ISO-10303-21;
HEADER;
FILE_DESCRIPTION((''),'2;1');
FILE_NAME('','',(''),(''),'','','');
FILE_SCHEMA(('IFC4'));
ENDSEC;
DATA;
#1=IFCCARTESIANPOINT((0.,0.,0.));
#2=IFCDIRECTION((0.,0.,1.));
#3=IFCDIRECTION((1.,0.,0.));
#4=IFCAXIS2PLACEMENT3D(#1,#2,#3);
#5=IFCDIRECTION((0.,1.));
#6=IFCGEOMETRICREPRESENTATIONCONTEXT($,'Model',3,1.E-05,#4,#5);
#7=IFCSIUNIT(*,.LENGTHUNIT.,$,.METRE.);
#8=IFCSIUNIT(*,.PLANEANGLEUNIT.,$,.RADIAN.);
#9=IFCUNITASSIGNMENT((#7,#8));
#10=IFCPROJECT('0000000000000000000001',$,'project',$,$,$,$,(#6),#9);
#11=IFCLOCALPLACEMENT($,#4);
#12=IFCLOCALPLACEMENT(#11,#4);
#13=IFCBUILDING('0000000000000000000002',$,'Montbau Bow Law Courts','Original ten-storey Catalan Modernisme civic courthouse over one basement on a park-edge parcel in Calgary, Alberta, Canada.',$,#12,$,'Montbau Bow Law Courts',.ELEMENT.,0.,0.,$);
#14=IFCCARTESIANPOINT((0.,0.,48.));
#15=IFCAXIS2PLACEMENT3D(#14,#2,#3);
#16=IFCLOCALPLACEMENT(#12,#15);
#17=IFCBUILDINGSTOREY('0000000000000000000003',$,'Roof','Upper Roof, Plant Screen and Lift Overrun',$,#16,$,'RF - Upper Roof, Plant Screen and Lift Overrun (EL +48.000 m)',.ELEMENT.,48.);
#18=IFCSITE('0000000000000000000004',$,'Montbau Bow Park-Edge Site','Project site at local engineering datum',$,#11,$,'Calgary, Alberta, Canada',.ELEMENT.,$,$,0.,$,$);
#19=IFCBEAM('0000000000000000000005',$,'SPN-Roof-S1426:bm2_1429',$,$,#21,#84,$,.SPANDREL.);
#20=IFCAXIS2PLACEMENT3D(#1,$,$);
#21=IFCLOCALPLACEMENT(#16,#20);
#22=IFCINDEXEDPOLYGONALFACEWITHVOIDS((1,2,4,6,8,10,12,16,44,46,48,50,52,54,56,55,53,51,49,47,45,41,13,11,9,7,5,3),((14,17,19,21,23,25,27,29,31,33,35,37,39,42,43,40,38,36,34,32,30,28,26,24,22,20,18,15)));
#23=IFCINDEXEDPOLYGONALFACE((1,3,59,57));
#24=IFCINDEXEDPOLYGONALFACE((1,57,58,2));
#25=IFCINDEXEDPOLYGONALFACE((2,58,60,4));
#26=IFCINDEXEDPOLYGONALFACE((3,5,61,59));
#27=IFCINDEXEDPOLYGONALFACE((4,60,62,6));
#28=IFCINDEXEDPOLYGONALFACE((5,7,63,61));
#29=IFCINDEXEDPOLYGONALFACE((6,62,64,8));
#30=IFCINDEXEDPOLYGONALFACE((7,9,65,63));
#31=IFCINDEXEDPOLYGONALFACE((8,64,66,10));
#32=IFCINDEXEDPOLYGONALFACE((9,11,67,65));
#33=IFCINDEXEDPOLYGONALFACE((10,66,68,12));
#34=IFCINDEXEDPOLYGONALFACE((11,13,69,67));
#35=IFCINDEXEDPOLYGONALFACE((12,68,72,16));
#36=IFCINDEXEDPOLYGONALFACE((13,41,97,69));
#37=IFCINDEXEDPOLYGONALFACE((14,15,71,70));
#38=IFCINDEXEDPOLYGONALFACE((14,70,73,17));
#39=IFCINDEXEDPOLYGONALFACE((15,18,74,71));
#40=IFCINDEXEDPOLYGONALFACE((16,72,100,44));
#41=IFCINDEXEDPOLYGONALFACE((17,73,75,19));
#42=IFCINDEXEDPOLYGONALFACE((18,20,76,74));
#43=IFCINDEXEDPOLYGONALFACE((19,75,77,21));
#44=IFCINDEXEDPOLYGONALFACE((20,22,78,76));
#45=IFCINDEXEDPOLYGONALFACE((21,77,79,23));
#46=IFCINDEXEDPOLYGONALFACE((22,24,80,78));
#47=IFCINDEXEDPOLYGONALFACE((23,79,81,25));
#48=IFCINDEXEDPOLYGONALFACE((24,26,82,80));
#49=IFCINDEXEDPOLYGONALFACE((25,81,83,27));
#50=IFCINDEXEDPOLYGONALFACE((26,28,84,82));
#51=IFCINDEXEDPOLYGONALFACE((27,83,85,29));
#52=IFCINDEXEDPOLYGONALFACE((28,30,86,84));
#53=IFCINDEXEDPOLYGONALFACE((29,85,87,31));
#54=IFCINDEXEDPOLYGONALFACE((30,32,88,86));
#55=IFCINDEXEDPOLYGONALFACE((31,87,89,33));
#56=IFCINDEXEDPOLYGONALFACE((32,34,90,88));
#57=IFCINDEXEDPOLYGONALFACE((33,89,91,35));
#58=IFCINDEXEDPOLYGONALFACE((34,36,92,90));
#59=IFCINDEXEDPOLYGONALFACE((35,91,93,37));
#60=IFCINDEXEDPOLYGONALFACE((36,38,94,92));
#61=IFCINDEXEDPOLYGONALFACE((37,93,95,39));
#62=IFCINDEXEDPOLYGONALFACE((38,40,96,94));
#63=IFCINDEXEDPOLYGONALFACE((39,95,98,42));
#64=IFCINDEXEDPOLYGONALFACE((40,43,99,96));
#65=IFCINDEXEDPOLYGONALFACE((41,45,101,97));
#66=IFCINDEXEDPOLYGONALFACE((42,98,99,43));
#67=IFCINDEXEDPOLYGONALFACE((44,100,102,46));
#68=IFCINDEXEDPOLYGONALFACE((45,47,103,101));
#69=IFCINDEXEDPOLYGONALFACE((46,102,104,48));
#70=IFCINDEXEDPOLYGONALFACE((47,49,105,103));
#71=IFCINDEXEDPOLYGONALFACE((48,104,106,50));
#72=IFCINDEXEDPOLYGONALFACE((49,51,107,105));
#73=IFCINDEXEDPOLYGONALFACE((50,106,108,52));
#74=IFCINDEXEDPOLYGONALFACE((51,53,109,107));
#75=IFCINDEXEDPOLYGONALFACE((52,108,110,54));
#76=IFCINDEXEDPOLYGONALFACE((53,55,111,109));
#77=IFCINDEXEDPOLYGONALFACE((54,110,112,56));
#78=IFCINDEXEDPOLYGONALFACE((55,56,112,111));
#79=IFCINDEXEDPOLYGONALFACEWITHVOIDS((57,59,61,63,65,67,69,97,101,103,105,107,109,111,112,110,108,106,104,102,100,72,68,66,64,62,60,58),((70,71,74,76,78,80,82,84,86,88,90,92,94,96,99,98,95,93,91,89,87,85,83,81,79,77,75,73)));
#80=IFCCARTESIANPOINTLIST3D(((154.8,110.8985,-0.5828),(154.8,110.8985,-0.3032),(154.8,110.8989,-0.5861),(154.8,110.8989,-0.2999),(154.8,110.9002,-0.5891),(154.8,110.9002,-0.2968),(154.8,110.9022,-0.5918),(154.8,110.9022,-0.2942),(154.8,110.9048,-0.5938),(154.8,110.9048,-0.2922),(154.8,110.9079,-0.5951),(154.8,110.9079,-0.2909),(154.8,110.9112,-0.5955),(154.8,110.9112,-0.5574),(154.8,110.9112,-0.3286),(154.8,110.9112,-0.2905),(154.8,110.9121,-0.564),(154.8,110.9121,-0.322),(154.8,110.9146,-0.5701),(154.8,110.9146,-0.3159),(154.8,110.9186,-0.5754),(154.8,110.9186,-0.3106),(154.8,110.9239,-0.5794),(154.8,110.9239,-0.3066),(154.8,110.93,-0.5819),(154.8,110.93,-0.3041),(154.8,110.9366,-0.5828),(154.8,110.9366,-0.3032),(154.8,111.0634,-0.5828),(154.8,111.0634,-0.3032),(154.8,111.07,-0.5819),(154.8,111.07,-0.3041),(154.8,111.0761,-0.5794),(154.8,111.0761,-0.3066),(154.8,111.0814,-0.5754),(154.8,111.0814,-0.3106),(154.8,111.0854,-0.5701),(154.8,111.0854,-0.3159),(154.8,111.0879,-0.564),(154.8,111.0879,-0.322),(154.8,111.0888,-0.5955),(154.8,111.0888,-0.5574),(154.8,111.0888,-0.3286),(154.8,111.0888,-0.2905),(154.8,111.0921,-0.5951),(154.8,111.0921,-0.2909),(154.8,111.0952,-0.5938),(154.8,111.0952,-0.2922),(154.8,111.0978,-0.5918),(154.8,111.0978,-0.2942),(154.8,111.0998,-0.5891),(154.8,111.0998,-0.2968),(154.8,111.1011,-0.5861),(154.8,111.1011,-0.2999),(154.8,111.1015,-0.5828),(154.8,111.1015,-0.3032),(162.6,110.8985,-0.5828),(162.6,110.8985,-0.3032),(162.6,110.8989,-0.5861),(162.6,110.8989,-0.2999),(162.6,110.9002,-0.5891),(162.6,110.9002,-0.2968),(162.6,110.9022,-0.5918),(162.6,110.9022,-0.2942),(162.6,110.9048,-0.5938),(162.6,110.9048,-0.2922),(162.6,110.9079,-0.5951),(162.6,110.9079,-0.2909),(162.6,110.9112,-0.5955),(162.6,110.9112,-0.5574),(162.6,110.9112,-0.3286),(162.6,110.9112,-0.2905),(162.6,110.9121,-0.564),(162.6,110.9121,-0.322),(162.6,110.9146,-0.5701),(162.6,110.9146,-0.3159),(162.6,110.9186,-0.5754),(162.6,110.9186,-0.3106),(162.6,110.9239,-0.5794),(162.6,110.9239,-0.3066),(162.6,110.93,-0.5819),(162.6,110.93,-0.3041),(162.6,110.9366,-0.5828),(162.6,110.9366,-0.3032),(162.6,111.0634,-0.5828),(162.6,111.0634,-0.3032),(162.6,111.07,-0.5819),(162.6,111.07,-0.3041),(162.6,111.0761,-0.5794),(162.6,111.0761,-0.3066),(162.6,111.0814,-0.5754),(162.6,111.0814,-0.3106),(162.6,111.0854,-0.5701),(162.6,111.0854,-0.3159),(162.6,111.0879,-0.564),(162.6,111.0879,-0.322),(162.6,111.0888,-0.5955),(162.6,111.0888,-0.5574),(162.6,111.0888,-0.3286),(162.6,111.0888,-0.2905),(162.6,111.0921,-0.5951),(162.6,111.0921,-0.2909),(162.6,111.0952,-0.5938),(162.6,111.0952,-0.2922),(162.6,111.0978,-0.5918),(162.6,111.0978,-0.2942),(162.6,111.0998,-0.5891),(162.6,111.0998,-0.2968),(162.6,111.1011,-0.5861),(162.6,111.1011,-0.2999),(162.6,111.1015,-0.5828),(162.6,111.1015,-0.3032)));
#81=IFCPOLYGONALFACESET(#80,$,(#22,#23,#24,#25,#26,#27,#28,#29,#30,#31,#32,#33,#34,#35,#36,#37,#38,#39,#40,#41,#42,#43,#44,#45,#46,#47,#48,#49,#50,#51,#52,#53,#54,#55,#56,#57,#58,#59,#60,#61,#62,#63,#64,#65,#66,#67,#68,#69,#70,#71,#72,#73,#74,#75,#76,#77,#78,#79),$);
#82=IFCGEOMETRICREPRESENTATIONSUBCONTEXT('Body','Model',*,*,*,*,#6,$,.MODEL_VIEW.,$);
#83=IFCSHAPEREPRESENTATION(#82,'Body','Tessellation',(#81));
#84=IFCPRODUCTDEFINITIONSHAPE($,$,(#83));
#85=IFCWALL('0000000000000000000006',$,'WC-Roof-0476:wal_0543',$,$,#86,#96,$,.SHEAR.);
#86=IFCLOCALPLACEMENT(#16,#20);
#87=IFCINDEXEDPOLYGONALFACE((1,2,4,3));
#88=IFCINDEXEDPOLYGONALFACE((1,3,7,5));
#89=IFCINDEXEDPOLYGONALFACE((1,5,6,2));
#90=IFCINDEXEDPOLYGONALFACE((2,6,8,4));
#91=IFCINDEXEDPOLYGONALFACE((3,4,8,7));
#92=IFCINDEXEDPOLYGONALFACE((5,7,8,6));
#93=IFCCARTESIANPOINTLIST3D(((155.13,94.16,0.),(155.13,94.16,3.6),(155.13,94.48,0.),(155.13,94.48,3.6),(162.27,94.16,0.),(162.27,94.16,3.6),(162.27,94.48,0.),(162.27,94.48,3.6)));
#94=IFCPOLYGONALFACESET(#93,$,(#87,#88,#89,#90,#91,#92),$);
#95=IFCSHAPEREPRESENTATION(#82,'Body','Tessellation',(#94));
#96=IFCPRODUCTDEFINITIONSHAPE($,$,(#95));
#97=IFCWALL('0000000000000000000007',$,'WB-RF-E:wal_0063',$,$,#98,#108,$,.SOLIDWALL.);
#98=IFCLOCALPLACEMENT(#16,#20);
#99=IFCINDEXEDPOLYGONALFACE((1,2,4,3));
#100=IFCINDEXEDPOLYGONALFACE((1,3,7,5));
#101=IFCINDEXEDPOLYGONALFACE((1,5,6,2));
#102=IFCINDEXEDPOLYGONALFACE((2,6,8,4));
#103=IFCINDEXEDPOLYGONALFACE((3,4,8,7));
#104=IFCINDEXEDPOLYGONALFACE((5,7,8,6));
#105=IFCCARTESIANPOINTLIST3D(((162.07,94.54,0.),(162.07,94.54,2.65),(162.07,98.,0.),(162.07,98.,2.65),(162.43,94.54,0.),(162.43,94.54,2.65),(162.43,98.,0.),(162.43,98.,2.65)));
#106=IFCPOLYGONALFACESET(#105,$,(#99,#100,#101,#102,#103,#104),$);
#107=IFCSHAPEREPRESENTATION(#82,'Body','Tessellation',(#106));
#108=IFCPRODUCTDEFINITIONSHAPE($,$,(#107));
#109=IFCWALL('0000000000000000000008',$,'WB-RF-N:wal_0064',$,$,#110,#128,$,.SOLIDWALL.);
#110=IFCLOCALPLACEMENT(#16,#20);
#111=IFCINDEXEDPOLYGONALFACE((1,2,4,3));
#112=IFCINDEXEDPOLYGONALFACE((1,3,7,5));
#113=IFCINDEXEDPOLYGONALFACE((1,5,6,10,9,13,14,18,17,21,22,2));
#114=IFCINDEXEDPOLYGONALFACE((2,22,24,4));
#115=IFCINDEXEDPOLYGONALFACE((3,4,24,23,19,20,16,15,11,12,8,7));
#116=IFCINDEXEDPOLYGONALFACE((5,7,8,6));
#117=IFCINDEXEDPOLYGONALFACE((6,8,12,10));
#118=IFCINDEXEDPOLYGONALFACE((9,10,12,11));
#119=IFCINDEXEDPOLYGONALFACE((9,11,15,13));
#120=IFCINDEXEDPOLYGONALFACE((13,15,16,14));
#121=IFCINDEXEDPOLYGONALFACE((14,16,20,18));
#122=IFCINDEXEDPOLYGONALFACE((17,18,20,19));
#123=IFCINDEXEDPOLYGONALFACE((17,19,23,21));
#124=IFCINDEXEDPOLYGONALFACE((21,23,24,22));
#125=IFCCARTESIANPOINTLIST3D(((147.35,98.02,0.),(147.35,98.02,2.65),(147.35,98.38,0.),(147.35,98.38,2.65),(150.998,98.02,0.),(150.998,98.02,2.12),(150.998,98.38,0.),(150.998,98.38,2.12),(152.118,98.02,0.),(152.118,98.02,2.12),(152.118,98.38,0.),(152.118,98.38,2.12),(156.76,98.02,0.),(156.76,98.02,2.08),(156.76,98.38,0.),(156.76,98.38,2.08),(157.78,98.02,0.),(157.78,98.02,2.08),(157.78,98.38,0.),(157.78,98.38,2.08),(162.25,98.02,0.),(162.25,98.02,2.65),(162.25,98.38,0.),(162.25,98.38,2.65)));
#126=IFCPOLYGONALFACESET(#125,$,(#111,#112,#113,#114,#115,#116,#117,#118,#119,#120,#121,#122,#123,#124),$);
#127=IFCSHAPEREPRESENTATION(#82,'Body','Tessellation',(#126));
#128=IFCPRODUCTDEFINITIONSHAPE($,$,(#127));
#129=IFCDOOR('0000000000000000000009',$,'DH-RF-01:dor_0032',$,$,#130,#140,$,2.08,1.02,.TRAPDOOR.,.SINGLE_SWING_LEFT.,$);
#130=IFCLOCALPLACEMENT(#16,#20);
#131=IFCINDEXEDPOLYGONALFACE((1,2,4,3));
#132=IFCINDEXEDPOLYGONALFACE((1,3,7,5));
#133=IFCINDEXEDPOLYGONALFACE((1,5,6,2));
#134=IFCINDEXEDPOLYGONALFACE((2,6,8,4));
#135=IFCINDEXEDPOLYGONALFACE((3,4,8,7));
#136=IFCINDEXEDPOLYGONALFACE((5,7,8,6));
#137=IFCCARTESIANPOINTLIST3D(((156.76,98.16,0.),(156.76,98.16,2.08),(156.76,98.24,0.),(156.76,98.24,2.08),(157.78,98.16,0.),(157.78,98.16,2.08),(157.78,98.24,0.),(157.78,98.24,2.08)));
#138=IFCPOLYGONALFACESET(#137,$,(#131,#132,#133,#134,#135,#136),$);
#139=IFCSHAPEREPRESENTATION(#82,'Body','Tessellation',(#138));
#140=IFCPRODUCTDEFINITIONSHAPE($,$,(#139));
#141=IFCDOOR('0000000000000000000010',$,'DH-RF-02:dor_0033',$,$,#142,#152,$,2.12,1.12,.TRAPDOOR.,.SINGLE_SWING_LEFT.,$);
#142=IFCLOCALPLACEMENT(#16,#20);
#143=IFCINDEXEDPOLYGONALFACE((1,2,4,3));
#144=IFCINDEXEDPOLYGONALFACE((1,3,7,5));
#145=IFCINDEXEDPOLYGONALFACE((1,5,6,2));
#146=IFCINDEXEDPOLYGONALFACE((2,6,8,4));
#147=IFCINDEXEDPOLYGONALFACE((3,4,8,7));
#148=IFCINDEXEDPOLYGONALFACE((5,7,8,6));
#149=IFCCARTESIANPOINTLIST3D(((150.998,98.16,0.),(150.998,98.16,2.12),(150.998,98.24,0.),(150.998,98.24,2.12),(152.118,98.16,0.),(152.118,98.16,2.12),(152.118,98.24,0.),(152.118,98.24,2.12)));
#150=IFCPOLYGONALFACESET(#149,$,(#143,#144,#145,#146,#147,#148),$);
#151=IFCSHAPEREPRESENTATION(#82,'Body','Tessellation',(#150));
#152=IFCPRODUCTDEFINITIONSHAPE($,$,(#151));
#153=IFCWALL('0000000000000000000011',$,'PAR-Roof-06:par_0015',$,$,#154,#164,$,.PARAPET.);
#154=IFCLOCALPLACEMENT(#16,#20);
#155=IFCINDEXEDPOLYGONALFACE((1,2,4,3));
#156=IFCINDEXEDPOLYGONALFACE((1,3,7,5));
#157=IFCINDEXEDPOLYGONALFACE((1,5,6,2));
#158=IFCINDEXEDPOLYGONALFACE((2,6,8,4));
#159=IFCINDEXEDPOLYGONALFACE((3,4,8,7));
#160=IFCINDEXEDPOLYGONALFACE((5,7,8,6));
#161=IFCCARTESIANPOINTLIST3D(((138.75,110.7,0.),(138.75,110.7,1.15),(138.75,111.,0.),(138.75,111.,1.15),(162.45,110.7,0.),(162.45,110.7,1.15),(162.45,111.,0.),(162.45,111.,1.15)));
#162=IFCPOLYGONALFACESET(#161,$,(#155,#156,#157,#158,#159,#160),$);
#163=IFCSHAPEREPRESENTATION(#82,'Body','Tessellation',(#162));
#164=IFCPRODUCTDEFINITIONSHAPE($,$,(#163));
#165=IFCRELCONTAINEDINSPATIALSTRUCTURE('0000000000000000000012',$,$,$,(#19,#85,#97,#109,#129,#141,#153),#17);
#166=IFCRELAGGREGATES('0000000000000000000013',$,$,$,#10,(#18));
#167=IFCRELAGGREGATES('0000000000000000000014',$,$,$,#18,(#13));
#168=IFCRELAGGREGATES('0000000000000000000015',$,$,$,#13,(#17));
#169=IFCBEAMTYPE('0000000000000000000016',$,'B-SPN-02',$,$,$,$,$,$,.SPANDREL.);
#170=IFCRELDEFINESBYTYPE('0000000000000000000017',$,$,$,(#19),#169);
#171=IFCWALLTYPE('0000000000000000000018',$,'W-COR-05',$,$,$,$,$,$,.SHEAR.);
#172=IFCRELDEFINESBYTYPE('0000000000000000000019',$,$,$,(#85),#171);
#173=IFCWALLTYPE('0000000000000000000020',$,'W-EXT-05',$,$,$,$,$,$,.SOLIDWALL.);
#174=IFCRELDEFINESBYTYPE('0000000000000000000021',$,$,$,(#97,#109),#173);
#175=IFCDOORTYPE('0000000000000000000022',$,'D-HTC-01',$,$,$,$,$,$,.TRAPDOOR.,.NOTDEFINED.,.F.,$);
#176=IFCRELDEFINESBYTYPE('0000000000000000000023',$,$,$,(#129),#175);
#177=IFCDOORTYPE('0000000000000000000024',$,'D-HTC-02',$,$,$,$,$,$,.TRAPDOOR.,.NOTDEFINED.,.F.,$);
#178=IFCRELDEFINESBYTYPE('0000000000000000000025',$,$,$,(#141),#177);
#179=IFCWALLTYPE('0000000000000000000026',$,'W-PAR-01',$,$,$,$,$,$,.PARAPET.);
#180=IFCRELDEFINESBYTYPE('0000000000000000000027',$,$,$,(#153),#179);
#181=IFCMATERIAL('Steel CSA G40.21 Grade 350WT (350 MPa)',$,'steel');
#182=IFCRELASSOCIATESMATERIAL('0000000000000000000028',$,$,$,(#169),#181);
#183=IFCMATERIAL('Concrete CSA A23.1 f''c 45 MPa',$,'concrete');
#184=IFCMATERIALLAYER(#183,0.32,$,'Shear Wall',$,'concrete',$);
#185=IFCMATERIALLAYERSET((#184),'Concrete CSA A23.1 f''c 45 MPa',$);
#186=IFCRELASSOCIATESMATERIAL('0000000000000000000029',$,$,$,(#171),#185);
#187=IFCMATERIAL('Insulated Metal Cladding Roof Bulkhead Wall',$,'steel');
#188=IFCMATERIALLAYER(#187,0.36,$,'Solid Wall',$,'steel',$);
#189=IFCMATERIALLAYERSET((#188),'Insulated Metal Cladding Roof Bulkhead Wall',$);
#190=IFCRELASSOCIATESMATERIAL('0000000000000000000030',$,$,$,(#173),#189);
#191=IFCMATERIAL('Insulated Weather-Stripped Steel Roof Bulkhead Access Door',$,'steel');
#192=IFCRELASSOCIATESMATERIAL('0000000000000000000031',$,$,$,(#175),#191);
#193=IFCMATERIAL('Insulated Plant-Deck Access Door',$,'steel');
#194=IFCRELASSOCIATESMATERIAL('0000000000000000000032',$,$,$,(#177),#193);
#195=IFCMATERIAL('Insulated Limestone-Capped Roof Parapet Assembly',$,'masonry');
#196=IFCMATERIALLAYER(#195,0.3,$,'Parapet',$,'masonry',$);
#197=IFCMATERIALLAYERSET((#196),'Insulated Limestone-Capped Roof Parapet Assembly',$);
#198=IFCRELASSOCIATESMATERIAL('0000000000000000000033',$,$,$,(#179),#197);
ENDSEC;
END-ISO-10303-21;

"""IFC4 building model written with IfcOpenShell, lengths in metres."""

from ifc_helpers import new_model, si_unit, direction, frame, frame_2d, origin_with_axes, origin_2d_with_axis, place, context, subcontext, project, spatial, rectangle, hollow_rectangle, extrude, material, layer, layer_set, material_profile, profile_set, type_object, element, fill, save


model = new_model("IFC4")

# Units and contexts
model_context = context("Model", 3, precision=1e-05, world=origin_with_axes(), true_north=direction((0.0, 1.0)))
body_context = subcontext(model_context, "Body", "Model", "MODEL_VIEW")
ifc_project = project(units=[si_unit("LENGTHUNIT", "METRE"), si_unit("PLANEANGLEUNIT", "RADIAN")], contexts=[model_context])

# Site, building, storey
site_placement = place(None, origin_with_axes())
site = spatial("IfcSite", under=ifc_project, at=site_placement, Name="Montbau Bow Park-Edge Site", Description="Project site at local engineering datum", LongName="Calgary, Alberta, Canada", CompositionType="ELEMENT", RefElevation=0.0)
building_placement = place(site_placement, origin_with_axes())
building = spatial("IfcBuilding", under=site, at=building_placement, Name="Montbau Bow Law Courts", Description="Original ten-storey Catalan Modernisme civic courthouse over one basement on a park-edge parcel in Calgary, Alberta, Canada.", LongName="Montbau Bow Law Courts", CompositionType="ELEMENT", ElevationOfRefHeight=0.0, ElevationOfTerrain=0.0)
storey_placement = place(building_placement, frame((0.0, 0.0, 48.0), z_axis=(0.0, 0.0, 1.0), x_axis=(1.0, 0.0, 0.0)))
storey = spatial("IfcBuildingStorey", under=building, at=storey_placement, Name="Roof", Description="Upper Roof, Plant Screen and Lift Overrun", LongName="RF - Upper Roof, Plant Screen and Lift Overrun (EL +48.000 m)", CompositionType="ELEMENT", Elevation=48.0)

# Beam
ifc_material_1 = material(Name="Steel CSA G40.21 Grade 350WT (350 MPa)", Category="steel")
ifc_material_profile_1 = material_profile(ifc_material_1, hollow_rectangle(XDim=0.203, YDim=0.305, WallThickness=0.0127, InnerFilletRadius=0.0254, OuterFilletRadius=0.0127, at=origin_2d_with_axis()), Name="HSS305X203X13", Category="Main", Priority=0)
ifc_profile_set_1 = profile_set([ifc_material_profile_1], Name="Steel CSA G40.21 Grade 350WT (350 MPa)")
beam_type_1 = type_object("IfcBeamType", Name="B-SPN-02", PredefinedType="SPANDREL", material=ifc_profile_set_1)
beam_1_placement = place(None, frame((154.8, 111.0, 47.557), z_axis=(1.0, 0.0, 0.0), x_axis=(0.0, 1.0, 0.0)))
element("IfcBeam", 1, at=beam_1_placement, inside=storey, type_object=beam_type_1, Name="SPN-Roof-S1426:bm2_1429", PredefinedType="SPANDREL", context=body_context, shape_type="SweptSolid", body=[
    extrude(hollow_rectangle(XDim=0.203, YDim=0.305, WallThickness=0.0127, InnerFilletRadius=0.0254, OuterFilletRadius=0.0127, at=origin_2d_with_axis()), origin_with_axes(), (0.0, 0.0, 1.0), 7.8),
])

# Walls
ifc_material_2 = material(Name="Concrete CSA A23.1 f'c 45 MPa", Category="concrete")
ifc_layer_1 = layer(ifc_material_2, 0.32, Name="Shear Wall", Category="concrete")
ifc_layer_set_1 = layer_set([ifc_layer_1], Name="Concrete CSA A23.1 f'c 45 MPa")
wall_type_1 = type_object("IfcWallType", Name="W-COR-05", PredefinedType="SHEAR", material=ifc_layer_set_1)
wall_1_placement = place(None, frame((162.27, 94.32, 48.0), z_axis=(0.0, 0.0, 1.0), x_axis=(-1.0, 0.0, 0.0)))
element("IfcWall", 2, at=wall_1_placement, inside=storey, type_object=wall_type_1, Name="WC-Roof-0476:wal_0543", PredefinedType="SHEAR", context=body_context, shape_type="SweptSolid", body=[
    extrude(rectangle(XDim=7.14, YDim=0.32, at=frame_2d((3.57, 0.0), x_axis=(1.0, 0.0))), origin_with_axes(), (0.0, 0.0, 1.0), 3.6),
])
ifc_material_3 = material(Name="Insulated Metal Cladding Roof Bulkhead Wall", Category="steel")
ifc_layer_2 = layer(ifc_material_3, 0.36, Name="Solid Wall", Category="steel")
ifc_layer_set_2 = layer_set([ifc_layer_2], Name="Insulated Metal Cladding Roof Bulkhead Wall")
wall_type_2 = type_object("IfcWallType", Name="W-EXT-05", PredefinedType="SOLIDWALL", material=ifc_layer_set_2)
wall_2_placement = place(None, frame((162.25, 94.54, 48.0), z_axis=(0.0, 0.0, 1.0), x_axis=(0.0, 1.0, 0.0)))
element("IfcWall", 3, at=wall_2_placement, inside=storey, type_object=wall_type_2, Name="WB-RF-E:wal_0063", PredefinedType="SOLIDWALL", context=body_context, shape_type="SweptSolid", body=[
    extrude(rectangle(XDim=3.46, YDim=0.36, at=frame_2d((1.73, 0.0), x_axis=(1.0, 0.0))), origin_with_axes(), (0.0, 0.0, 1.0), 2.65),
])

# Wall, openings, doors
wall_3_placement = place(None, frame((162.25, 98.2, 48.0), z_axis=(0.0, 0.0, 1.0), x_axis=(-1.0, 0.0, 0.0)))
wall_3 = element("IfcWall", 4, at=wall_3_placement, inside=storey, type_object=wall_type_2, Name="WB-RF-N:wal_0064", PredefinedType="SOLIDWALL", context=body_context, shape_type="SweptSolid", body=[
    extrude(rectangle(XDim=14.9, YDim=0.36, at=frame_2d((7.45, 0.0), x_axis=(1.0, 0.0))), origin_with_axes(), (0.0, 0.0, 1.0), 2.65),
])
opening_1_placement = place(None, frame((157.27, 98.2, 48.0), z_axis=(0.0, 0.0, 1.0), x_axis=(-1.0, 0.0, 0.0)))
opening_1 = element("IfcOpeningElement", 5, at=opening_1_placement, cuts=wall_3, PredefinedType="OPENING", context=body_context, shape_type="SweptSolid", body=[
    extrude(rectangle(XDim=1.02, YDim=2.08, at=frame_2d((0.0, 1.04), x_axis=(1.0, 0.0))), frame((0.0, 0.19, 0.0), z_axis=(0.0, -1.0, 0.0), x_axis=(1.0, 0.0, 0.0)), (0.0, 0.0, 1.0), 0.38),
])
opening_2_placement = place(None, frame((151.558, 98.2, 48.0), z_axis=(0.0, 0.0, 1.0), x_axis=(-1.0, 0.0, 0.0)))
opening_2 = element("IfcOpeningElement", 6, at=opening_2_placement, cuts=wall_3, PredefinedType="OPENING", context=body_context, shape_type="SweptSolid", body=[
    extrude(rectangle(XDim=1.12, YDim=2.12, at=frame_2d((0.0, 1.06), x_axis=(1.0, 0.0))), frame((0.0, 0.19, 0.0), z_axis=(0.0, -1.0, 0.0), x_axis=(1.0, 0.0, 0.0)), (0.0, 0.0, 1.0), 0.38),
])
ifc_material_4 = material(Name="Insulated Weather-Stripped Steel Roof Bulkhead Access Door", Category="steel")
door_type_1 = type_object("IfcDoorType", Name="D-HTC-01", OperationType="NOTDEFINED", ParameterTakesPrecedence=False, PredefinedType="TRAPDOOR", material=ifc_material_4)
door_1_placement = place(None, frame((157.27, 98.2, 48.0), z_axis=(0.0, 0.0, 1.0), x_axis=(-1.0, 0.0, 0.0)))
door_1 = element("IfcDoor", 7, at=door_1_placement, inside=storey, type_object=door_type_1, Name="DH-RF-01:dor_0032", OperationType="SINGLE_SWING_LEFT", OverallHeight=2.08, OverallWidth=1.02, PredefinedType="TRAPDOOR", context=body_context, shape_type="SweptSolid", body=[
    extrude(rectangle(XDim=1.02, YDim=2.08, at=frame_2d((0.0, 1.04), x_axis=(1.0, 0.0))), frame((0.0, 0.04, 0.0), z_axis=(0.0, -1.0, 0.0), x_axis=(1.0, 0.0, 0.0)), (0.0, 0.0, 1.0), 0.08),
])
fill(opening_1, door_1)
ifc_material_5 = material(Name="Insulated Plant-Deck Access Door", Category="steel")
door_type_2 = type_object("IfcDoorType", Name="D-HTC-02", OperationType="NOTDEFINED", ParameterTakesPrecedence=False, PredefinedType="TRAPDOOR", material=ifc_material_5)
door_2_placement = place(None, frame((151.558, 98.2, 48.0), z_axis=(0.0, 0.0, 1.0), x_axis=(-1.0, 0.0, 0.0)))
door_2 = element("IfcDoor", 8, at=door_2_placement, inside=storey, type_object=door_type_2, Name="DH-RF-02:dor_0033", OperationType="SINGLE_SWING_LEFT", OverallHeight=2.12, OverallWidth=1.12, PredefinedType="TRAPDOOR", context=body_context, shape_type="SweptSolid", body=[
    extrude(rectangle(XDim=1.12, YDim=2.12, at=frame_2d((0.0, 1.06), x_axis=(1.0, 0.0))), frame((0.0, 0.04, 0.0), z_axis=(0.0, -1.0, 0.0), x_axis=(1.0, 0.0, 0.0)), (0.0, 0.0, 1.0), 0.08),
])
fill(opening_2, door_2)

# Wall
ifc_material_6 = material(Name="Insulated Limestone-Capped Roof Parapet Assembly", Category="masonry")
ifc_layer_3 = layer(ifc_material_6, 0.3, Name="Parapet", Category="masonry")
ifc_layer_set_3 = layer_set([ifc_layer_3], Name="Insulated Limestone-Capped Roof Parapet Assembly")
wall_type_3 = type_object("IfcWallType", Name="W-PAR-01", PredefinedType="PARAPET", material=ifc_layer_set_3)
wall_4_placement = place(None, frame((162.45, 110.85, 48.0), z_axis=(0.0, 0.0, 1.0), x_axis=(-1.0, 0.0, 0.0)))
element("IfcWall", 9, at=wall_4_placement, inside=storey, type_object=wall_type_3, Name="PAR-Roof-06:par_0015", PredefinedType="PARAPET", context=body_context, shape_type="SweptSolid", body=[
    extrude(rectangle(XDim=23.7, YDim=0.3, at=frame_2d((11.85, 0.0), x_axis=(1.0, 0.0))), origin_with_axes(), (0.0, 0.0, 1.0), 1.15),
])

save(model, "model.ifc")
